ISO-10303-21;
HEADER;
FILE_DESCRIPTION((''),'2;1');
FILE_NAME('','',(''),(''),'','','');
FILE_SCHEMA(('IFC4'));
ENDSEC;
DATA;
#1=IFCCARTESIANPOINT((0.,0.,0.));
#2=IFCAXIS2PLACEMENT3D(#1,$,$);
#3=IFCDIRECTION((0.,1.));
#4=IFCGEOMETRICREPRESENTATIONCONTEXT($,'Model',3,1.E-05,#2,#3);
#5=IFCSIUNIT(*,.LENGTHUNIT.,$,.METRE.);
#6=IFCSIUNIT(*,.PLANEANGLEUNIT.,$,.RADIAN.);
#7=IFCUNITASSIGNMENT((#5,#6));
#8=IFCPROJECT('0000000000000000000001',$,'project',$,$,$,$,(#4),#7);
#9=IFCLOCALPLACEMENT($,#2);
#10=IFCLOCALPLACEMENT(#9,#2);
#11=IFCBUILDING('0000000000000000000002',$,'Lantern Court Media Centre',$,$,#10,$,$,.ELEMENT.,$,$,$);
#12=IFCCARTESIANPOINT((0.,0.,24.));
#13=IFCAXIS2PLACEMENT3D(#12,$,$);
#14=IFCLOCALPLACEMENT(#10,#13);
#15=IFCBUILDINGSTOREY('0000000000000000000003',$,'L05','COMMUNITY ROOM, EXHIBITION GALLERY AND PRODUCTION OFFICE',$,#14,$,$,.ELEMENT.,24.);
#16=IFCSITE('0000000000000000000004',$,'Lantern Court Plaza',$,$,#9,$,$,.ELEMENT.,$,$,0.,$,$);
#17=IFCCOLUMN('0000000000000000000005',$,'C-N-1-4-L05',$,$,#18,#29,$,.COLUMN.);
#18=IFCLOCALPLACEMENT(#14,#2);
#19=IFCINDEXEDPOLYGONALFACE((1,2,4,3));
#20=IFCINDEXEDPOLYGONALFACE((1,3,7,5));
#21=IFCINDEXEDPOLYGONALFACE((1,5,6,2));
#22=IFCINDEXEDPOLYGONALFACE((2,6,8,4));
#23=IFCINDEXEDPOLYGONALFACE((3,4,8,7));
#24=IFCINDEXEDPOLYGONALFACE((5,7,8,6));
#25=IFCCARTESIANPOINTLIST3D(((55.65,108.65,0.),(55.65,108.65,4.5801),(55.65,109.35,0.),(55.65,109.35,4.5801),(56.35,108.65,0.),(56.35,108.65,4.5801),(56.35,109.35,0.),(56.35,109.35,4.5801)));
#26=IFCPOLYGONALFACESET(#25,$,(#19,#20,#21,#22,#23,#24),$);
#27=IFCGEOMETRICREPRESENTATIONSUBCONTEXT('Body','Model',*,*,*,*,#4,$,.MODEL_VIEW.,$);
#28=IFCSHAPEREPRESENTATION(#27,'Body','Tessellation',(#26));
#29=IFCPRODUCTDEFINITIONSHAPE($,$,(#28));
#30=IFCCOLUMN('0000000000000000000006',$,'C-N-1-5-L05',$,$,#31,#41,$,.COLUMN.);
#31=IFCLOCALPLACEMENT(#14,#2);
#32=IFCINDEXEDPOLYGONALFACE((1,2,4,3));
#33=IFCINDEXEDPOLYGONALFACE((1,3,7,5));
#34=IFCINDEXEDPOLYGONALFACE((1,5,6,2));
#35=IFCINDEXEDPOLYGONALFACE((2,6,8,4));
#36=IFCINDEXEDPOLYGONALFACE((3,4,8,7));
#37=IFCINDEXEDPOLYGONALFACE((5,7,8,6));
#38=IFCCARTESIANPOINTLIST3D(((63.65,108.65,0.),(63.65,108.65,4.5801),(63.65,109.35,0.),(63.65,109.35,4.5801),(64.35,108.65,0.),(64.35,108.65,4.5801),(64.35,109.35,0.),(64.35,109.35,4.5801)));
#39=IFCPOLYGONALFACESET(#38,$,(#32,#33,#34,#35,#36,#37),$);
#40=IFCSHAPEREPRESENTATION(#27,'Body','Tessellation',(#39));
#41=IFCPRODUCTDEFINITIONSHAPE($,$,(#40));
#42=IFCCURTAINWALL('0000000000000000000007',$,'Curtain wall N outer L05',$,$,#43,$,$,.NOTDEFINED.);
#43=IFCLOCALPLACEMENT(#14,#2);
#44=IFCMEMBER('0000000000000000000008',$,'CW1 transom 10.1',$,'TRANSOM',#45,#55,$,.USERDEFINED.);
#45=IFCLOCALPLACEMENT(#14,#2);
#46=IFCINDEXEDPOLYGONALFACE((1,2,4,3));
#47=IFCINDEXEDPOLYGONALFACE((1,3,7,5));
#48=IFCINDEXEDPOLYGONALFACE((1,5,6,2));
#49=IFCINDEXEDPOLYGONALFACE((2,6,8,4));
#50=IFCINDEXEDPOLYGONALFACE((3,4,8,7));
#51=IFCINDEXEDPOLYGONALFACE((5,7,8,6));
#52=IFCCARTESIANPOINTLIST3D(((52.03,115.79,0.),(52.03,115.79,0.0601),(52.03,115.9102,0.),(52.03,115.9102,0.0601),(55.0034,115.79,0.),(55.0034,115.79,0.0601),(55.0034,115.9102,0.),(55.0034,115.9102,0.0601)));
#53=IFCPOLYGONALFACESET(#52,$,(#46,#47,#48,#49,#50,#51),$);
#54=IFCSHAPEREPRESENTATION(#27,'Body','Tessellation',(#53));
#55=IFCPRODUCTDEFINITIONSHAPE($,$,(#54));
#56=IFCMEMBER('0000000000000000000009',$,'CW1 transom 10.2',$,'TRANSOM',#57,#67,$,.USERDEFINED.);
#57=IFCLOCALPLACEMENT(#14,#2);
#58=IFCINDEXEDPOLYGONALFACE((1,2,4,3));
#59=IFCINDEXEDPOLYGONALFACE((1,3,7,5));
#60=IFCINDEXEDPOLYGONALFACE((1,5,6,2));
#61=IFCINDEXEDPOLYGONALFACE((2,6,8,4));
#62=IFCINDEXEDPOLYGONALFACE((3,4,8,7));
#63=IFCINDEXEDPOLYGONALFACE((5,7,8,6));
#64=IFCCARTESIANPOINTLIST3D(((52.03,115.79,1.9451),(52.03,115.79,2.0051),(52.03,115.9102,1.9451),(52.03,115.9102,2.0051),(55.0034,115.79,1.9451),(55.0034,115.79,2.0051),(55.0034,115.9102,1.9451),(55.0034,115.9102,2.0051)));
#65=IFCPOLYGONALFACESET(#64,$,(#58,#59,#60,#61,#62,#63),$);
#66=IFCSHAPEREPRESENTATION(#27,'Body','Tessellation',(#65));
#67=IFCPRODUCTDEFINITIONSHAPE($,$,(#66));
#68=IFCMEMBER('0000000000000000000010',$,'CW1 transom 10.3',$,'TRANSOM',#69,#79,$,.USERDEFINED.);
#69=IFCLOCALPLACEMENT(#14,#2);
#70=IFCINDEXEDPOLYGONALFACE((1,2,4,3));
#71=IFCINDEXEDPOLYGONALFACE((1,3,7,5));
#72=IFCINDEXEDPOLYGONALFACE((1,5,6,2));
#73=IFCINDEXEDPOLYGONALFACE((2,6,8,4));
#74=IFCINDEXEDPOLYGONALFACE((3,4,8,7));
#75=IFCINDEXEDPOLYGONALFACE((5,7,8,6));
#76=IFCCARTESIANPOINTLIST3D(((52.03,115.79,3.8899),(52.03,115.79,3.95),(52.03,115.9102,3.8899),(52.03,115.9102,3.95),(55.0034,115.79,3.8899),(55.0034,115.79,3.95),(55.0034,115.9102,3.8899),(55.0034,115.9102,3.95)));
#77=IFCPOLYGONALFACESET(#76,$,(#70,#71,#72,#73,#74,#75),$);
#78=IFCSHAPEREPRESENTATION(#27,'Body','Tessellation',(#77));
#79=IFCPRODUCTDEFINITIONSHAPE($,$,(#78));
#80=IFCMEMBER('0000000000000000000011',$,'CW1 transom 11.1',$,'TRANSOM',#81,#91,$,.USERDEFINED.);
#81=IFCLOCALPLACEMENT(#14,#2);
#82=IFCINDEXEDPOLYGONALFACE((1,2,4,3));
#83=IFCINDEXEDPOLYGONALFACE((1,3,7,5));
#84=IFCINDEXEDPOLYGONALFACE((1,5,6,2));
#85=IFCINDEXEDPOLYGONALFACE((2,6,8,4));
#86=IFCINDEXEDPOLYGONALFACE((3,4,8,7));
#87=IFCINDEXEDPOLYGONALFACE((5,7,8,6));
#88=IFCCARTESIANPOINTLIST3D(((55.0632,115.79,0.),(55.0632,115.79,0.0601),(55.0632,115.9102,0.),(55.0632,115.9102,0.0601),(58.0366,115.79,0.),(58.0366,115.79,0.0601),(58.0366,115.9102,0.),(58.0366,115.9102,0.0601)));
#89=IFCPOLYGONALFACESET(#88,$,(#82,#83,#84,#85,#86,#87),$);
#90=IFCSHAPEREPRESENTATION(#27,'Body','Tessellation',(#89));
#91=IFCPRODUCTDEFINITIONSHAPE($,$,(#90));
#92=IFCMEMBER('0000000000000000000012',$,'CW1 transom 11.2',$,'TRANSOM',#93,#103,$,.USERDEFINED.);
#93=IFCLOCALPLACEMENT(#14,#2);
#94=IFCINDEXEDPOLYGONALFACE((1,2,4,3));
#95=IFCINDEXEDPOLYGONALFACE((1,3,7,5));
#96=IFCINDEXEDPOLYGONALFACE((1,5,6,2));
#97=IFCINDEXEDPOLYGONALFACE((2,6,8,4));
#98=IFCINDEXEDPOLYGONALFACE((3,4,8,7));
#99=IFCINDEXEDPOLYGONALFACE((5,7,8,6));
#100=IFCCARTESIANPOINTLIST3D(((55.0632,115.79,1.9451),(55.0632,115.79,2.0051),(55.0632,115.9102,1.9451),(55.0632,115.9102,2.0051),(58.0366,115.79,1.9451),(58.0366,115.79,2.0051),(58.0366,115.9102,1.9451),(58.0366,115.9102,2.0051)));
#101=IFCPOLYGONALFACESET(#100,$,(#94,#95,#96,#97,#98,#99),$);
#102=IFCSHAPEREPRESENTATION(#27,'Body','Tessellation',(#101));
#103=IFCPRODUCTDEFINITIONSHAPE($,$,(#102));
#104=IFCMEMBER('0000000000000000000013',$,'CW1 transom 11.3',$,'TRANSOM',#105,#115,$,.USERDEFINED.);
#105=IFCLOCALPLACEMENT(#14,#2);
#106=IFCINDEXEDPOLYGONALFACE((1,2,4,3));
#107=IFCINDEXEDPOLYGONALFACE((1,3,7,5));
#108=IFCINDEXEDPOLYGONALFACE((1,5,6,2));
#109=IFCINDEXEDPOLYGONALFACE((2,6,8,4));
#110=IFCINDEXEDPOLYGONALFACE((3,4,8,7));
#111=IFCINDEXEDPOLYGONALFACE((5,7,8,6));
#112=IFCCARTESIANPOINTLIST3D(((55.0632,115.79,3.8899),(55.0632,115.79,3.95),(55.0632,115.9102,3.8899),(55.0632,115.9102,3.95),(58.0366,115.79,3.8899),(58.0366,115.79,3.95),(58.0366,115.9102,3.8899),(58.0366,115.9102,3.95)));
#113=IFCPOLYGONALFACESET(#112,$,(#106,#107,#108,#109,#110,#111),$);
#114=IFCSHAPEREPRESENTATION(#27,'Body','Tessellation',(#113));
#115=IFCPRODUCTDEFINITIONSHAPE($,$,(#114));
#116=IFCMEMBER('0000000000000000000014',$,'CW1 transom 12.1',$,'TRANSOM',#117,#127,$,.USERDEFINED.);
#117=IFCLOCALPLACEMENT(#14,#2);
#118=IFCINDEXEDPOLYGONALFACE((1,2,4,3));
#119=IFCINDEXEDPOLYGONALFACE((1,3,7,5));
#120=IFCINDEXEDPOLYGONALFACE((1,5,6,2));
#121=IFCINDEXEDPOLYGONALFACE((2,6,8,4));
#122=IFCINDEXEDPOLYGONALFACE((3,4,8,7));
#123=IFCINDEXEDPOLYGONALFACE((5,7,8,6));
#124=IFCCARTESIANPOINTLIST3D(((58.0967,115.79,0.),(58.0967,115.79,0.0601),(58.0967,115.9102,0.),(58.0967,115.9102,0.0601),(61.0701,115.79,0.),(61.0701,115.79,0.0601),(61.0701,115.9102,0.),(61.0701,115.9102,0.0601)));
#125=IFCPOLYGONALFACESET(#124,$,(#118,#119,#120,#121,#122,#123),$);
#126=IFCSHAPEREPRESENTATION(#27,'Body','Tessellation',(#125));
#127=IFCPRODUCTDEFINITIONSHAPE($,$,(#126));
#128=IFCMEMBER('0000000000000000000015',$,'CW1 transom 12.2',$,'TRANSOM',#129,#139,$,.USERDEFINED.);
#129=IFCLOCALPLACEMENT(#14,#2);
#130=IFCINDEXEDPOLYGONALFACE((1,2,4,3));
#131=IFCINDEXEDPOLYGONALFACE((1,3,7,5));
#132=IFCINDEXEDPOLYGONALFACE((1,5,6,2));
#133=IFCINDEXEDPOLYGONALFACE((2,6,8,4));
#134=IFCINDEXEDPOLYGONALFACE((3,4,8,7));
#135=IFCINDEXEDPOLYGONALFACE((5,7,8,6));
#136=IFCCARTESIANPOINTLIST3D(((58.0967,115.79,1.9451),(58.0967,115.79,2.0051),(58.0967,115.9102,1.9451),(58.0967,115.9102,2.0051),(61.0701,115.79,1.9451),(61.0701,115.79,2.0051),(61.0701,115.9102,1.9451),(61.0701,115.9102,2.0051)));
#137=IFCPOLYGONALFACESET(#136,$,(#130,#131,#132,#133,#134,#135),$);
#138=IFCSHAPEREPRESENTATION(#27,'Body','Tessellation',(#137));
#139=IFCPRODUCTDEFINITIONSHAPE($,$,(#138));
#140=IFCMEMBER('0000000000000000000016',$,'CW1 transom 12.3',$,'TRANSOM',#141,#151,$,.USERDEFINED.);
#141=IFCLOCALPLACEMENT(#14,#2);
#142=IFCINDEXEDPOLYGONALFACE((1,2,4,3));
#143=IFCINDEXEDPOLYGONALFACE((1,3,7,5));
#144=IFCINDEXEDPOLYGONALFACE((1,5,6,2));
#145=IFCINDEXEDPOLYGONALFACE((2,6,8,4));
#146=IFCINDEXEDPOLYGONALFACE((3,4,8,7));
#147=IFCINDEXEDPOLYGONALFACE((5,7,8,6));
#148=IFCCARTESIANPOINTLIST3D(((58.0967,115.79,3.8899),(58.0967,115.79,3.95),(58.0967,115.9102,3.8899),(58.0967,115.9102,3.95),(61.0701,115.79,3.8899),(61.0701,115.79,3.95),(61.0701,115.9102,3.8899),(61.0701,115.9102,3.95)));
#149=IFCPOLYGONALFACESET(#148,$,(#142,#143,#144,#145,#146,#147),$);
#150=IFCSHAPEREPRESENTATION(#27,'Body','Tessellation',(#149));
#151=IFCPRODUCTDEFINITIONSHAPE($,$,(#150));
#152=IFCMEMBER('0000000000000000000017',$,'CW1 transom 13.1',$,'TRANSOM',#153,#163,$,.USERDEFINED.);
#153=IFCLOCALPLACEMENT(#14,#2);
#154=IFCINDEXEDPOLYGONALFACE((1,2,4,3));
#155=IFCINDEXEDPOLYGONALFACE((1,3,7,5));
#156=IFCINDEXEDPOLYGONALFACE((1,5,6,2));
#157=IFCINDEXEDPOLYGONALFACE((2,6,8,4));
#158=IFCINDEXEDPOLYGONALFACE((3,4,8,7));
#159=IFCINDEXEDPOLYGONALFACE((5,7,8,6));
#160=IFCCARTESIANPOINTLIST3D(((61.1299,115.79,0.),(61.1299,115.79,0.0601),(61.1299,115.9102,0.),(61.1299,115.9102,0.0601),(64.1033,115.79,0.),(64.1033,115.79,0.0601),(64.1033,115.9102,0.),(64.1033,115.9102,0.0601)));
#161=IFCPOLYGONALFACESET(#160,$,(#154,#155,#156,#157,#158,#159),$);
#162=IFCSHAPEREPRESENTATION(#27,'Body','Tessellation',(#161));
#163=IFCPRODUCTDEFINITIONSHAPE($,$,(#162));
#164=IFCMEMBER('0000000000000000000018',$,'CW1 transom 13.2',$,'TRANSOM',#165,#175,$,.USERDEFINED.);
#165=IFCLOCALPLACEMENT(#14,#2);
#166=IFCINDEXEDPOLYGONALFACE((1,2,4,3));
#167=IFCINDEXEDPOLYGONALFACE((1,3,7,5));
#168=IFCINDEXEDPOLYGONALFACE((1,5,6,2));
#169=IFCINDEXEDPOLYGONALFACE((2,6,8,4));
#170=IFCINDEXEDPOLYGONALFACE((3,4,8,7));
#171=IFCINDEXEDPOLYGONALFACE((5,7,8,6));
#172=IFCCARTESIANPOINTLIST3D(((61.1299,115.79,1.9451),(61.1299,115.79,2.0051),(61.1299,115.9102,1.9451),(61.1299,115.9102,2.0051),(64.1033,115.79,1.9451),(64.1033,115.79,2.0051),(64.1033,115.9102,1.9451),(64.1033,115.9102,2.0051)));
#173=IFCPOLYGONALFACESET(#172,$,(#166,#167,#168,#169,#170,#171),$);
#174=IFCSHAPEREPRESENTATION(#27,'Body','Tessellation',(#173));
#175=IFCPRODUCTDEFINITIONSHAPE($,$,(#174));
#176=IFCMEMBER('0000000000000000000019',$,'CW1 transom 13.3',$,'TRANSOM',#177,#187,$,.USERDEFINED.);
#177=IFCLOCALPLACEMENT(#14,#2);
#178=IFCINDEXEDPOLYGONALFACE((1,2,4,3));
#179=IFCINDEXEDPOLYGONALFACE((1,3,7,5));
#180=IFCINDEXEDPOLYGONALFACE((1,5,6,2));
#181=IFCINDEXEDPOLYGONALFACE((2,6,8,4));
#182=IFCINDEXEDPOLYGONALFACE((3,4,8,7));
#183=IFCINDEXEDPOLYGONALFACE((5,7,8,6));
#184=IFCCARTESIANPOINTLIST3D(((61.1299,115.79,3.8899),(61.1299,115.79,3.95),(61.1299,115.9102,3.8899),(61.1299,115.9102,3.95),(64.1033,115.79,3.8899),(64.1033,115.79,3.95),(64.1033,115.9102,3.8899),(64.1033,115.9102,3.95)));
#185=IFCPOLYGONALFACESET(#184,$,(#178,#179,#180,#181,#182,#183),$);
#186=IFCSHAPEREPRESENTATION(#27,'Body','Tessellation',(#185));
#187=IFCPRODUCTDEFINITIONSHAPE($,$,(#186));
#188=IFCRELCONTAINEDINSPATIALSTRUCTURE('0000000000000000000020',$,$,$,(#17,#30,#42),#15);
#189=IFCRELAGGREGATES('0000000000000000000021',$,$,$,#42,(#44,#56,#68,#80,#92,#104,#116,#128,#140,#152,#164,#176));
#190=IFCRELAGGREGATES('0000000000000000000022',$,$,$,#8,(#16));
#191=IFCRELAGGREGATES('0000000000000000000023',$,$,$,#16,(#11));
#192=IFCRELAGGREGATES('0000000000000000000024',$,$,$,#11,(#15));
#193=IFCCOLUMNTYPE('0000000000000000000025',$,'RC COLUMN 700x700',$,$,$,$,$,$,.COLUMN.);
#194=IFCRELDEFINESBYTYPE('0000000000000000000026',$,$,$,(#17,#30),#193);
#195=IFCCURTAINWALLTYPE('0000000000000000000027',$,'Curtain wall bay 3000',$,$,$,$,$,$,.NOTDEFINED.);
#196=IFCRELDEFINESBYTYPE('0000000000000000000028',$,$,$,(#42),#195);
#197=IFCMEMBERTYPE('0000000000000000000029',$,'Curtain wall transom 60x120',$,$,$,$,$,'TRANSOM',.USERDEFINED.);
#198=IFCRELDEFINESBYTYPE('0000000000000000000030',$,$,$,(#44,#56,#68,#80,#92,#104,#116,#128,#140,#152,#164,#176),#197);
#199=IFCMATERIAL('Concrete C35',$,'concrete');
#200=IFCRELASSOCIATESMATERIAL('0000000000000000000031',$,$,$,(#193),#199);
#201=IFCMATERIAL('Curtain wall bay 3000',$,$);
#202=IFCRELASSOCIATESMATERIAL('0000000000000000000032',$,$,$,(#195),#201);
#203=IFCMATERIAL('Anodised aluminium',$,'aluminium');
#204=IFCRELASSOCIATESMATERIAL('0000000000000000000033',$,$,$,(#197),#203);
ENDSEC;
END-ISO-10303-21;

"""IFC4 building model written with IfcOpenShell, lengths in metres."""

from ifc_helpers import new_model, si_unit, direction, frame, origin, origin_2d, place, context, subcontext, project, spatial, rectangle, extrude, material, material_profile, profile_set, type_object, element, aggregate, save


model = new_model("IFC4")

# Units and contexts
model_context = context("Model", 3, precision=1e-05, world=origin(), true_north=direction((0.0, 1.0)))
body_context = subcontext(model_context, "Body", "Model", "MODEL_VIEW")
ifc_project = project(units=[si_unit("LENGTHUNIT", "METRE"), si_unit("PLANEANGLEUNIT", "RADIAN")], contexts=[model_context])

# Site, building, storey
site_placement = place(None, origin())
site = spatial("IfcSite", under=ifc_project, at=site_placement, Name="Lantern Court Plaza", CompositionType="ELEMENT", RefElevation=0.0)
building_placement = place(site_placement, origin())
building = spatial("IfcBuilding", under=site, at=building_placement, Name="Lantern Court Media Centre", CompositionType="ELEMENT")
storey_placement = place(building_placement, frame((0.0, 0.0, 24.0)))
storey = spatial("IfcBuildingStorey", under=building, at=storey_placement, Name="L05", Description="COMMUNITY ROOM, EXHIBITION GALLERY AND PRODUCTION OFFICE", CompositionType="ELEMENT", Elevation=24.0)

# Columns
ifc_material_1 = material(Name="Concrete C35", Category="concrete")
ifc_material_profile_1 = material_profile(ifc_material_1, rectangle(XDim=0.7, YDim=0.7, at=origin_2d()), Name="RC 700x700")
ifc_profile_set_1 = profile_set([ifc_material_profile_1], Name="Concrete C35")
column_type = type_object("IfcColumnType", Name="RC COLUMN 700x700", PredefinedType="COLUMN", material=ifc_profile_set_1)
for number, where, z_axis, x_axis, name in (
    (1, (56.0, 109.0, 0.0), (0.0, 0.0, 1.0), (1.0, 0.0, 0.0), "C-N-1-4-L05"),
    (2, (64.0, 109.0, 0.0), (0.0, 0.0, 1.0), (1.0, 0.0, 0.0), "C-N-1-5-L05"),
):
    element("IfcColumn", number, at=place(storey_placement, frame(where, z_axis=z_axis, x_axis=x_axis)), inside=storey, type_object=column_type, Name=name, PredefinedType="COLUMN", context=body_context, shape_type="SweptSolid", body=[
        extrude(rectangle(XDim=0.7, YDim=0.7, at=origin_2d()), origin(), (0.0, 0.0, 1.0), 4.5801),
    ])

# Curtain wall, members
ifc_material_2 = material(Name="Curtain wall bay 3000")
curtain_wall_type = type_object("IfcCurtainWallType", Name="Curtain wall bay 3000", PredefinedType="NOTDEFINED", material=ifc_material_2)
curtain_wall_placement = place(storey_placement, origin())
curtain_wall = element("IfcCurtainWall", 3, at=curtain_wall_placement, inside=storey, type_object=curtain_wall_type, Name="Curtain wall N outer L05", PredefinedType="NOTDEFINED")
ifc_material_3 = material(Name="Anodised aluminium", Category="aluminium")
ifc_material_profile_2 = material_profile(ifc_material_3, rectangle(XDim=0.1201, YDim=0.0601, at=origin_2d()), Name="AL 60x120")
ifc_profile_set_2 = profile_set([ifc_material_profile_2], Name="Anodised aluminium")
member_type = type_object("IfcMemberType", Name="Curtain wall transom 60x120", ElementType="TRANSOM", PredefinedType="USERDEFINED", material=ifc_profile_set_2)
member_1_placement = place(storey_placement, frame((52.03, 115.8501, 0.03), z_axis=(1.0, 0.0, 0.0), x_axis=(0.0, 1.0, 0.0)))
member_1 = element("IfcMember", 4, at=member_1_placement, type_object=member_type, Name="CW1 transom 10.1", ObjectType="TRANSOM", PredefinedType="USERDEFINED", context=body_context, shape_type="SweptSolid", body=[
    extrude(rectangle(XDim=0.1201, YDim=0.0601, at=origin_2d()), origin(), (0.0, 0.0, 1.0), 2.9734),
])
member_2_placement = place(storey_placement, frame((52.03, 115.8501, 1.9751), z_axis=(1.0, 0.0, 0.0), x_axis=(0.0, 1.0, 0.0)))
member_2 = element("IfcMember", 5, at=member_2_placement, type_object=member_type, Name="CW1 transom 10.2", ObjectType="TRANSOM", PredefinedType="USERDEFINED", context=body_context, shape_type="SweptSolid", body=[
    extrude(rectangle(XDim=0.1201, YDim=0.0601, at=origin_2d()), origin(), (0.0, 0.0, 1.0), 2.9734),
])
member_3_placement = place(storey_placement, frame((52.03, 115.8501, 3.9199), z_axis=(1.0, 0.0, 0.0), x_axis=(0.0, 1.0, 0.0)))
member_3 = element("IfcMember", 6, at=member_3_placement, type_object=member_type, Name="CW1 transom 10.3", ObjectType="TRANSOM", PredefinedType="USERDEFINED", context=body_context, shape_type="SweptSolid", body=[
    extrude(rectangle(XDim=0.1201, YDim=0.0601, at=origin_2d()), origin(), (0.0, 0.0, 1.0), 2.9734),
])
member_4_placement = place(storey_placement, frame((55.0632, 115.8501, 0.03), z_axis=(1.0, 0.0, 0.0), x_axis=(0.0, 1.0, 0.0)))
member_4 = element("IfcMember", 7, at=member_4_placement, type_object=member_type, Name="CW1 transom 11.1", ObjectType="TRANSOM", PredefinedType="USERDEFINED", context=body_context, shape_type="SweptSolid", body=[
    extrude(rectangle(XDim=0.1201, YDim=0.0601, at=origin_2d()), origin(), (0.0, 0.0, 1.0), 2.9734),
])
member_5_placement = place(storey_placement, frame((55.0632, 115.8501, 1.9751), z_axis=(1.0, 0.0, 0.0), x_axis=(0.0, 1.0, 0.0)))
member_5 = element("IfcMember", 8, at=member_5_placement, type_object=member_type, Name="CW1 transom 11.2", ObjectType="TRANSOM", PredefinedType="USERDEFINED", context=body_context, shape_type="SweptSolid", body=[
    extrude(rectangle(XDim=0.1201, YDim=0.0601, at=origin_2d()), origin(), (0.0, 0.0, 1.0), 2.9734),
])
member_6_placement = place(storey_placement, frame((55.0632, 115.8501, 3.9199), z_axis=(1.0, 0.0, 0.0), x_axis=(0.0, 1.0, 0.0)))
member_6 = element("IfcMember", 9, at=member_6_placement, type_object=member_type, Name="CW1 transom 11.3", ObjectType="TRANSOM", PredefinedType="USERDEFINED", context=body_context, shape_type="SweptSolid", body=[
    extrude(rectangle(XDim=0.1201, YDim=0.0601, at=origin_2d()), origin(), (0.0, 0.0, 1.0), 2.9734),
])
member_7_placement = place(storey_placement, frame((58.0967, 115.8501, 0.03), z_axis=(1.0, 0.0, 0.0), x_axis=(0.0, 1.0, 0.0)))
member_7 = element("IfcMember", 10, at=member_7_placement, type_object=member_type, Name="CW1 transom 12.1", ObjectType="TRANSOM", PredefinedType="USERDEFINED", context=body_context, shape_type="SweptSolid", body=[
    extrude(rectangle(XDim=0.1201, YDim=0.0601, at=origin_2d()), origin(), (0.0, 0.0, 1.0), 2.9734),
])
member_8_placement = place(storey_placement, frame((58.0967, 115.8501, 1.9751), z_axis=(1.0, 0.0, 0.0), x_axis=(0.0, 1.0, 0.0)))
member_8 = element("IfcMember", 11, at=member_8_placement, type_object=member_type, Name="CW1 transom 12.2", ObjectType="TRANSOM", PredefinedType="USERDEFINED", context=body_context, shape_type="SweptSolid", body=[
    extrude(rectangle(XDim=0.1201, YDim=0.0601, at=origin_2d()), origin(), (0.0, 0.0, 1.0), 2.9734),
])
member_9_placement = place(storey_placement, frame((58.0967, 115.8501, 3.9199), z_axis=(1.0, 0.0, 0.0), x_axis=(0.0, 1.0, 0.0)))
member_9 = element("IfcMember", 12, at=member_9_placement, type_object=member_type, Name="CW1 transom 12.3", ObjectType="TRANSOM", PredefinedType="USERDEFINED", context=body_context, shape_type="SweptSolid", body=[
    extrude(rectangle(XDim=0.1201, YDim=0.0601, at=origin_2d()), origin(), (0.0, 0.0, 1.0), 2.9734),
])
member_10_placement = place(storey_placement, frame((61.1299, 115.8501, 0.03), z_axis=(1.0, 0.0, 0.0), x_axis=(0.0, 1.0, 0.0)))
member_10 = element("IfcMember", 13, at=member_10_placement, type_object=member_type, Name="CW1 transom 13.1", ObjectType="TRANSOM", PredefinedType="USERDEFINED", context=body_context, shape_type="SweptSolid", body=[
    extrude(rectangle(XDim=0.1201, YDim=0.0601, at=origin_2d()), origin(), (0.0, 0.0, 1.0), 2.9734),
])
member_11_placement = place(storey_placement, frame((61.1299, 115.8501, 1.9751), z_axis=(1.0, 0.0, 0.0), x_axis=(0.0, 1.0, 0.0)))
member_11 = element("IfcMember", 14, at=member_11_placement, type_object=member_type, Name="CW1 transom 13.2", ObjectType="TRANSOM", PredefinedType="USERDEFINED", context=body_context, shape_type="SweptSolid", body=[
    extrude(rectangle(XDim=0.1201, YDim=0.0601, at=origin_2d()), origin(), (0.0, 0.0, 1.0), 2.9734),
])
member_12_placement = place(storey_placement, frame((61.1299, 115.8501, 3.9199), z_axis=(1.0, 0.0, 0.0), x_axis=(0.0, 1.0, 0.0)))
member_12 = element("IfcMember", 15, at=member_12_placement, type_object=member_type, Name="CW1 transom 13.3", ObjectType="TRANSOM", PredefinedType="USERDEFINED", context=body_context, shape_type="SweptSolid", body=[
    extrude(rectangle(XDim=0.1201, YDim=0.0601, at=origin_2d()), origin(), (0.0, 0.0, 1.0), 2.9734),
])

aggregate(curtain_wall, [member_1, member_2, member_3, member_4, member_5, member_6, member_7, member_8, member_9, member_10, member_11, member_12])

save(model, "model.ifc")
